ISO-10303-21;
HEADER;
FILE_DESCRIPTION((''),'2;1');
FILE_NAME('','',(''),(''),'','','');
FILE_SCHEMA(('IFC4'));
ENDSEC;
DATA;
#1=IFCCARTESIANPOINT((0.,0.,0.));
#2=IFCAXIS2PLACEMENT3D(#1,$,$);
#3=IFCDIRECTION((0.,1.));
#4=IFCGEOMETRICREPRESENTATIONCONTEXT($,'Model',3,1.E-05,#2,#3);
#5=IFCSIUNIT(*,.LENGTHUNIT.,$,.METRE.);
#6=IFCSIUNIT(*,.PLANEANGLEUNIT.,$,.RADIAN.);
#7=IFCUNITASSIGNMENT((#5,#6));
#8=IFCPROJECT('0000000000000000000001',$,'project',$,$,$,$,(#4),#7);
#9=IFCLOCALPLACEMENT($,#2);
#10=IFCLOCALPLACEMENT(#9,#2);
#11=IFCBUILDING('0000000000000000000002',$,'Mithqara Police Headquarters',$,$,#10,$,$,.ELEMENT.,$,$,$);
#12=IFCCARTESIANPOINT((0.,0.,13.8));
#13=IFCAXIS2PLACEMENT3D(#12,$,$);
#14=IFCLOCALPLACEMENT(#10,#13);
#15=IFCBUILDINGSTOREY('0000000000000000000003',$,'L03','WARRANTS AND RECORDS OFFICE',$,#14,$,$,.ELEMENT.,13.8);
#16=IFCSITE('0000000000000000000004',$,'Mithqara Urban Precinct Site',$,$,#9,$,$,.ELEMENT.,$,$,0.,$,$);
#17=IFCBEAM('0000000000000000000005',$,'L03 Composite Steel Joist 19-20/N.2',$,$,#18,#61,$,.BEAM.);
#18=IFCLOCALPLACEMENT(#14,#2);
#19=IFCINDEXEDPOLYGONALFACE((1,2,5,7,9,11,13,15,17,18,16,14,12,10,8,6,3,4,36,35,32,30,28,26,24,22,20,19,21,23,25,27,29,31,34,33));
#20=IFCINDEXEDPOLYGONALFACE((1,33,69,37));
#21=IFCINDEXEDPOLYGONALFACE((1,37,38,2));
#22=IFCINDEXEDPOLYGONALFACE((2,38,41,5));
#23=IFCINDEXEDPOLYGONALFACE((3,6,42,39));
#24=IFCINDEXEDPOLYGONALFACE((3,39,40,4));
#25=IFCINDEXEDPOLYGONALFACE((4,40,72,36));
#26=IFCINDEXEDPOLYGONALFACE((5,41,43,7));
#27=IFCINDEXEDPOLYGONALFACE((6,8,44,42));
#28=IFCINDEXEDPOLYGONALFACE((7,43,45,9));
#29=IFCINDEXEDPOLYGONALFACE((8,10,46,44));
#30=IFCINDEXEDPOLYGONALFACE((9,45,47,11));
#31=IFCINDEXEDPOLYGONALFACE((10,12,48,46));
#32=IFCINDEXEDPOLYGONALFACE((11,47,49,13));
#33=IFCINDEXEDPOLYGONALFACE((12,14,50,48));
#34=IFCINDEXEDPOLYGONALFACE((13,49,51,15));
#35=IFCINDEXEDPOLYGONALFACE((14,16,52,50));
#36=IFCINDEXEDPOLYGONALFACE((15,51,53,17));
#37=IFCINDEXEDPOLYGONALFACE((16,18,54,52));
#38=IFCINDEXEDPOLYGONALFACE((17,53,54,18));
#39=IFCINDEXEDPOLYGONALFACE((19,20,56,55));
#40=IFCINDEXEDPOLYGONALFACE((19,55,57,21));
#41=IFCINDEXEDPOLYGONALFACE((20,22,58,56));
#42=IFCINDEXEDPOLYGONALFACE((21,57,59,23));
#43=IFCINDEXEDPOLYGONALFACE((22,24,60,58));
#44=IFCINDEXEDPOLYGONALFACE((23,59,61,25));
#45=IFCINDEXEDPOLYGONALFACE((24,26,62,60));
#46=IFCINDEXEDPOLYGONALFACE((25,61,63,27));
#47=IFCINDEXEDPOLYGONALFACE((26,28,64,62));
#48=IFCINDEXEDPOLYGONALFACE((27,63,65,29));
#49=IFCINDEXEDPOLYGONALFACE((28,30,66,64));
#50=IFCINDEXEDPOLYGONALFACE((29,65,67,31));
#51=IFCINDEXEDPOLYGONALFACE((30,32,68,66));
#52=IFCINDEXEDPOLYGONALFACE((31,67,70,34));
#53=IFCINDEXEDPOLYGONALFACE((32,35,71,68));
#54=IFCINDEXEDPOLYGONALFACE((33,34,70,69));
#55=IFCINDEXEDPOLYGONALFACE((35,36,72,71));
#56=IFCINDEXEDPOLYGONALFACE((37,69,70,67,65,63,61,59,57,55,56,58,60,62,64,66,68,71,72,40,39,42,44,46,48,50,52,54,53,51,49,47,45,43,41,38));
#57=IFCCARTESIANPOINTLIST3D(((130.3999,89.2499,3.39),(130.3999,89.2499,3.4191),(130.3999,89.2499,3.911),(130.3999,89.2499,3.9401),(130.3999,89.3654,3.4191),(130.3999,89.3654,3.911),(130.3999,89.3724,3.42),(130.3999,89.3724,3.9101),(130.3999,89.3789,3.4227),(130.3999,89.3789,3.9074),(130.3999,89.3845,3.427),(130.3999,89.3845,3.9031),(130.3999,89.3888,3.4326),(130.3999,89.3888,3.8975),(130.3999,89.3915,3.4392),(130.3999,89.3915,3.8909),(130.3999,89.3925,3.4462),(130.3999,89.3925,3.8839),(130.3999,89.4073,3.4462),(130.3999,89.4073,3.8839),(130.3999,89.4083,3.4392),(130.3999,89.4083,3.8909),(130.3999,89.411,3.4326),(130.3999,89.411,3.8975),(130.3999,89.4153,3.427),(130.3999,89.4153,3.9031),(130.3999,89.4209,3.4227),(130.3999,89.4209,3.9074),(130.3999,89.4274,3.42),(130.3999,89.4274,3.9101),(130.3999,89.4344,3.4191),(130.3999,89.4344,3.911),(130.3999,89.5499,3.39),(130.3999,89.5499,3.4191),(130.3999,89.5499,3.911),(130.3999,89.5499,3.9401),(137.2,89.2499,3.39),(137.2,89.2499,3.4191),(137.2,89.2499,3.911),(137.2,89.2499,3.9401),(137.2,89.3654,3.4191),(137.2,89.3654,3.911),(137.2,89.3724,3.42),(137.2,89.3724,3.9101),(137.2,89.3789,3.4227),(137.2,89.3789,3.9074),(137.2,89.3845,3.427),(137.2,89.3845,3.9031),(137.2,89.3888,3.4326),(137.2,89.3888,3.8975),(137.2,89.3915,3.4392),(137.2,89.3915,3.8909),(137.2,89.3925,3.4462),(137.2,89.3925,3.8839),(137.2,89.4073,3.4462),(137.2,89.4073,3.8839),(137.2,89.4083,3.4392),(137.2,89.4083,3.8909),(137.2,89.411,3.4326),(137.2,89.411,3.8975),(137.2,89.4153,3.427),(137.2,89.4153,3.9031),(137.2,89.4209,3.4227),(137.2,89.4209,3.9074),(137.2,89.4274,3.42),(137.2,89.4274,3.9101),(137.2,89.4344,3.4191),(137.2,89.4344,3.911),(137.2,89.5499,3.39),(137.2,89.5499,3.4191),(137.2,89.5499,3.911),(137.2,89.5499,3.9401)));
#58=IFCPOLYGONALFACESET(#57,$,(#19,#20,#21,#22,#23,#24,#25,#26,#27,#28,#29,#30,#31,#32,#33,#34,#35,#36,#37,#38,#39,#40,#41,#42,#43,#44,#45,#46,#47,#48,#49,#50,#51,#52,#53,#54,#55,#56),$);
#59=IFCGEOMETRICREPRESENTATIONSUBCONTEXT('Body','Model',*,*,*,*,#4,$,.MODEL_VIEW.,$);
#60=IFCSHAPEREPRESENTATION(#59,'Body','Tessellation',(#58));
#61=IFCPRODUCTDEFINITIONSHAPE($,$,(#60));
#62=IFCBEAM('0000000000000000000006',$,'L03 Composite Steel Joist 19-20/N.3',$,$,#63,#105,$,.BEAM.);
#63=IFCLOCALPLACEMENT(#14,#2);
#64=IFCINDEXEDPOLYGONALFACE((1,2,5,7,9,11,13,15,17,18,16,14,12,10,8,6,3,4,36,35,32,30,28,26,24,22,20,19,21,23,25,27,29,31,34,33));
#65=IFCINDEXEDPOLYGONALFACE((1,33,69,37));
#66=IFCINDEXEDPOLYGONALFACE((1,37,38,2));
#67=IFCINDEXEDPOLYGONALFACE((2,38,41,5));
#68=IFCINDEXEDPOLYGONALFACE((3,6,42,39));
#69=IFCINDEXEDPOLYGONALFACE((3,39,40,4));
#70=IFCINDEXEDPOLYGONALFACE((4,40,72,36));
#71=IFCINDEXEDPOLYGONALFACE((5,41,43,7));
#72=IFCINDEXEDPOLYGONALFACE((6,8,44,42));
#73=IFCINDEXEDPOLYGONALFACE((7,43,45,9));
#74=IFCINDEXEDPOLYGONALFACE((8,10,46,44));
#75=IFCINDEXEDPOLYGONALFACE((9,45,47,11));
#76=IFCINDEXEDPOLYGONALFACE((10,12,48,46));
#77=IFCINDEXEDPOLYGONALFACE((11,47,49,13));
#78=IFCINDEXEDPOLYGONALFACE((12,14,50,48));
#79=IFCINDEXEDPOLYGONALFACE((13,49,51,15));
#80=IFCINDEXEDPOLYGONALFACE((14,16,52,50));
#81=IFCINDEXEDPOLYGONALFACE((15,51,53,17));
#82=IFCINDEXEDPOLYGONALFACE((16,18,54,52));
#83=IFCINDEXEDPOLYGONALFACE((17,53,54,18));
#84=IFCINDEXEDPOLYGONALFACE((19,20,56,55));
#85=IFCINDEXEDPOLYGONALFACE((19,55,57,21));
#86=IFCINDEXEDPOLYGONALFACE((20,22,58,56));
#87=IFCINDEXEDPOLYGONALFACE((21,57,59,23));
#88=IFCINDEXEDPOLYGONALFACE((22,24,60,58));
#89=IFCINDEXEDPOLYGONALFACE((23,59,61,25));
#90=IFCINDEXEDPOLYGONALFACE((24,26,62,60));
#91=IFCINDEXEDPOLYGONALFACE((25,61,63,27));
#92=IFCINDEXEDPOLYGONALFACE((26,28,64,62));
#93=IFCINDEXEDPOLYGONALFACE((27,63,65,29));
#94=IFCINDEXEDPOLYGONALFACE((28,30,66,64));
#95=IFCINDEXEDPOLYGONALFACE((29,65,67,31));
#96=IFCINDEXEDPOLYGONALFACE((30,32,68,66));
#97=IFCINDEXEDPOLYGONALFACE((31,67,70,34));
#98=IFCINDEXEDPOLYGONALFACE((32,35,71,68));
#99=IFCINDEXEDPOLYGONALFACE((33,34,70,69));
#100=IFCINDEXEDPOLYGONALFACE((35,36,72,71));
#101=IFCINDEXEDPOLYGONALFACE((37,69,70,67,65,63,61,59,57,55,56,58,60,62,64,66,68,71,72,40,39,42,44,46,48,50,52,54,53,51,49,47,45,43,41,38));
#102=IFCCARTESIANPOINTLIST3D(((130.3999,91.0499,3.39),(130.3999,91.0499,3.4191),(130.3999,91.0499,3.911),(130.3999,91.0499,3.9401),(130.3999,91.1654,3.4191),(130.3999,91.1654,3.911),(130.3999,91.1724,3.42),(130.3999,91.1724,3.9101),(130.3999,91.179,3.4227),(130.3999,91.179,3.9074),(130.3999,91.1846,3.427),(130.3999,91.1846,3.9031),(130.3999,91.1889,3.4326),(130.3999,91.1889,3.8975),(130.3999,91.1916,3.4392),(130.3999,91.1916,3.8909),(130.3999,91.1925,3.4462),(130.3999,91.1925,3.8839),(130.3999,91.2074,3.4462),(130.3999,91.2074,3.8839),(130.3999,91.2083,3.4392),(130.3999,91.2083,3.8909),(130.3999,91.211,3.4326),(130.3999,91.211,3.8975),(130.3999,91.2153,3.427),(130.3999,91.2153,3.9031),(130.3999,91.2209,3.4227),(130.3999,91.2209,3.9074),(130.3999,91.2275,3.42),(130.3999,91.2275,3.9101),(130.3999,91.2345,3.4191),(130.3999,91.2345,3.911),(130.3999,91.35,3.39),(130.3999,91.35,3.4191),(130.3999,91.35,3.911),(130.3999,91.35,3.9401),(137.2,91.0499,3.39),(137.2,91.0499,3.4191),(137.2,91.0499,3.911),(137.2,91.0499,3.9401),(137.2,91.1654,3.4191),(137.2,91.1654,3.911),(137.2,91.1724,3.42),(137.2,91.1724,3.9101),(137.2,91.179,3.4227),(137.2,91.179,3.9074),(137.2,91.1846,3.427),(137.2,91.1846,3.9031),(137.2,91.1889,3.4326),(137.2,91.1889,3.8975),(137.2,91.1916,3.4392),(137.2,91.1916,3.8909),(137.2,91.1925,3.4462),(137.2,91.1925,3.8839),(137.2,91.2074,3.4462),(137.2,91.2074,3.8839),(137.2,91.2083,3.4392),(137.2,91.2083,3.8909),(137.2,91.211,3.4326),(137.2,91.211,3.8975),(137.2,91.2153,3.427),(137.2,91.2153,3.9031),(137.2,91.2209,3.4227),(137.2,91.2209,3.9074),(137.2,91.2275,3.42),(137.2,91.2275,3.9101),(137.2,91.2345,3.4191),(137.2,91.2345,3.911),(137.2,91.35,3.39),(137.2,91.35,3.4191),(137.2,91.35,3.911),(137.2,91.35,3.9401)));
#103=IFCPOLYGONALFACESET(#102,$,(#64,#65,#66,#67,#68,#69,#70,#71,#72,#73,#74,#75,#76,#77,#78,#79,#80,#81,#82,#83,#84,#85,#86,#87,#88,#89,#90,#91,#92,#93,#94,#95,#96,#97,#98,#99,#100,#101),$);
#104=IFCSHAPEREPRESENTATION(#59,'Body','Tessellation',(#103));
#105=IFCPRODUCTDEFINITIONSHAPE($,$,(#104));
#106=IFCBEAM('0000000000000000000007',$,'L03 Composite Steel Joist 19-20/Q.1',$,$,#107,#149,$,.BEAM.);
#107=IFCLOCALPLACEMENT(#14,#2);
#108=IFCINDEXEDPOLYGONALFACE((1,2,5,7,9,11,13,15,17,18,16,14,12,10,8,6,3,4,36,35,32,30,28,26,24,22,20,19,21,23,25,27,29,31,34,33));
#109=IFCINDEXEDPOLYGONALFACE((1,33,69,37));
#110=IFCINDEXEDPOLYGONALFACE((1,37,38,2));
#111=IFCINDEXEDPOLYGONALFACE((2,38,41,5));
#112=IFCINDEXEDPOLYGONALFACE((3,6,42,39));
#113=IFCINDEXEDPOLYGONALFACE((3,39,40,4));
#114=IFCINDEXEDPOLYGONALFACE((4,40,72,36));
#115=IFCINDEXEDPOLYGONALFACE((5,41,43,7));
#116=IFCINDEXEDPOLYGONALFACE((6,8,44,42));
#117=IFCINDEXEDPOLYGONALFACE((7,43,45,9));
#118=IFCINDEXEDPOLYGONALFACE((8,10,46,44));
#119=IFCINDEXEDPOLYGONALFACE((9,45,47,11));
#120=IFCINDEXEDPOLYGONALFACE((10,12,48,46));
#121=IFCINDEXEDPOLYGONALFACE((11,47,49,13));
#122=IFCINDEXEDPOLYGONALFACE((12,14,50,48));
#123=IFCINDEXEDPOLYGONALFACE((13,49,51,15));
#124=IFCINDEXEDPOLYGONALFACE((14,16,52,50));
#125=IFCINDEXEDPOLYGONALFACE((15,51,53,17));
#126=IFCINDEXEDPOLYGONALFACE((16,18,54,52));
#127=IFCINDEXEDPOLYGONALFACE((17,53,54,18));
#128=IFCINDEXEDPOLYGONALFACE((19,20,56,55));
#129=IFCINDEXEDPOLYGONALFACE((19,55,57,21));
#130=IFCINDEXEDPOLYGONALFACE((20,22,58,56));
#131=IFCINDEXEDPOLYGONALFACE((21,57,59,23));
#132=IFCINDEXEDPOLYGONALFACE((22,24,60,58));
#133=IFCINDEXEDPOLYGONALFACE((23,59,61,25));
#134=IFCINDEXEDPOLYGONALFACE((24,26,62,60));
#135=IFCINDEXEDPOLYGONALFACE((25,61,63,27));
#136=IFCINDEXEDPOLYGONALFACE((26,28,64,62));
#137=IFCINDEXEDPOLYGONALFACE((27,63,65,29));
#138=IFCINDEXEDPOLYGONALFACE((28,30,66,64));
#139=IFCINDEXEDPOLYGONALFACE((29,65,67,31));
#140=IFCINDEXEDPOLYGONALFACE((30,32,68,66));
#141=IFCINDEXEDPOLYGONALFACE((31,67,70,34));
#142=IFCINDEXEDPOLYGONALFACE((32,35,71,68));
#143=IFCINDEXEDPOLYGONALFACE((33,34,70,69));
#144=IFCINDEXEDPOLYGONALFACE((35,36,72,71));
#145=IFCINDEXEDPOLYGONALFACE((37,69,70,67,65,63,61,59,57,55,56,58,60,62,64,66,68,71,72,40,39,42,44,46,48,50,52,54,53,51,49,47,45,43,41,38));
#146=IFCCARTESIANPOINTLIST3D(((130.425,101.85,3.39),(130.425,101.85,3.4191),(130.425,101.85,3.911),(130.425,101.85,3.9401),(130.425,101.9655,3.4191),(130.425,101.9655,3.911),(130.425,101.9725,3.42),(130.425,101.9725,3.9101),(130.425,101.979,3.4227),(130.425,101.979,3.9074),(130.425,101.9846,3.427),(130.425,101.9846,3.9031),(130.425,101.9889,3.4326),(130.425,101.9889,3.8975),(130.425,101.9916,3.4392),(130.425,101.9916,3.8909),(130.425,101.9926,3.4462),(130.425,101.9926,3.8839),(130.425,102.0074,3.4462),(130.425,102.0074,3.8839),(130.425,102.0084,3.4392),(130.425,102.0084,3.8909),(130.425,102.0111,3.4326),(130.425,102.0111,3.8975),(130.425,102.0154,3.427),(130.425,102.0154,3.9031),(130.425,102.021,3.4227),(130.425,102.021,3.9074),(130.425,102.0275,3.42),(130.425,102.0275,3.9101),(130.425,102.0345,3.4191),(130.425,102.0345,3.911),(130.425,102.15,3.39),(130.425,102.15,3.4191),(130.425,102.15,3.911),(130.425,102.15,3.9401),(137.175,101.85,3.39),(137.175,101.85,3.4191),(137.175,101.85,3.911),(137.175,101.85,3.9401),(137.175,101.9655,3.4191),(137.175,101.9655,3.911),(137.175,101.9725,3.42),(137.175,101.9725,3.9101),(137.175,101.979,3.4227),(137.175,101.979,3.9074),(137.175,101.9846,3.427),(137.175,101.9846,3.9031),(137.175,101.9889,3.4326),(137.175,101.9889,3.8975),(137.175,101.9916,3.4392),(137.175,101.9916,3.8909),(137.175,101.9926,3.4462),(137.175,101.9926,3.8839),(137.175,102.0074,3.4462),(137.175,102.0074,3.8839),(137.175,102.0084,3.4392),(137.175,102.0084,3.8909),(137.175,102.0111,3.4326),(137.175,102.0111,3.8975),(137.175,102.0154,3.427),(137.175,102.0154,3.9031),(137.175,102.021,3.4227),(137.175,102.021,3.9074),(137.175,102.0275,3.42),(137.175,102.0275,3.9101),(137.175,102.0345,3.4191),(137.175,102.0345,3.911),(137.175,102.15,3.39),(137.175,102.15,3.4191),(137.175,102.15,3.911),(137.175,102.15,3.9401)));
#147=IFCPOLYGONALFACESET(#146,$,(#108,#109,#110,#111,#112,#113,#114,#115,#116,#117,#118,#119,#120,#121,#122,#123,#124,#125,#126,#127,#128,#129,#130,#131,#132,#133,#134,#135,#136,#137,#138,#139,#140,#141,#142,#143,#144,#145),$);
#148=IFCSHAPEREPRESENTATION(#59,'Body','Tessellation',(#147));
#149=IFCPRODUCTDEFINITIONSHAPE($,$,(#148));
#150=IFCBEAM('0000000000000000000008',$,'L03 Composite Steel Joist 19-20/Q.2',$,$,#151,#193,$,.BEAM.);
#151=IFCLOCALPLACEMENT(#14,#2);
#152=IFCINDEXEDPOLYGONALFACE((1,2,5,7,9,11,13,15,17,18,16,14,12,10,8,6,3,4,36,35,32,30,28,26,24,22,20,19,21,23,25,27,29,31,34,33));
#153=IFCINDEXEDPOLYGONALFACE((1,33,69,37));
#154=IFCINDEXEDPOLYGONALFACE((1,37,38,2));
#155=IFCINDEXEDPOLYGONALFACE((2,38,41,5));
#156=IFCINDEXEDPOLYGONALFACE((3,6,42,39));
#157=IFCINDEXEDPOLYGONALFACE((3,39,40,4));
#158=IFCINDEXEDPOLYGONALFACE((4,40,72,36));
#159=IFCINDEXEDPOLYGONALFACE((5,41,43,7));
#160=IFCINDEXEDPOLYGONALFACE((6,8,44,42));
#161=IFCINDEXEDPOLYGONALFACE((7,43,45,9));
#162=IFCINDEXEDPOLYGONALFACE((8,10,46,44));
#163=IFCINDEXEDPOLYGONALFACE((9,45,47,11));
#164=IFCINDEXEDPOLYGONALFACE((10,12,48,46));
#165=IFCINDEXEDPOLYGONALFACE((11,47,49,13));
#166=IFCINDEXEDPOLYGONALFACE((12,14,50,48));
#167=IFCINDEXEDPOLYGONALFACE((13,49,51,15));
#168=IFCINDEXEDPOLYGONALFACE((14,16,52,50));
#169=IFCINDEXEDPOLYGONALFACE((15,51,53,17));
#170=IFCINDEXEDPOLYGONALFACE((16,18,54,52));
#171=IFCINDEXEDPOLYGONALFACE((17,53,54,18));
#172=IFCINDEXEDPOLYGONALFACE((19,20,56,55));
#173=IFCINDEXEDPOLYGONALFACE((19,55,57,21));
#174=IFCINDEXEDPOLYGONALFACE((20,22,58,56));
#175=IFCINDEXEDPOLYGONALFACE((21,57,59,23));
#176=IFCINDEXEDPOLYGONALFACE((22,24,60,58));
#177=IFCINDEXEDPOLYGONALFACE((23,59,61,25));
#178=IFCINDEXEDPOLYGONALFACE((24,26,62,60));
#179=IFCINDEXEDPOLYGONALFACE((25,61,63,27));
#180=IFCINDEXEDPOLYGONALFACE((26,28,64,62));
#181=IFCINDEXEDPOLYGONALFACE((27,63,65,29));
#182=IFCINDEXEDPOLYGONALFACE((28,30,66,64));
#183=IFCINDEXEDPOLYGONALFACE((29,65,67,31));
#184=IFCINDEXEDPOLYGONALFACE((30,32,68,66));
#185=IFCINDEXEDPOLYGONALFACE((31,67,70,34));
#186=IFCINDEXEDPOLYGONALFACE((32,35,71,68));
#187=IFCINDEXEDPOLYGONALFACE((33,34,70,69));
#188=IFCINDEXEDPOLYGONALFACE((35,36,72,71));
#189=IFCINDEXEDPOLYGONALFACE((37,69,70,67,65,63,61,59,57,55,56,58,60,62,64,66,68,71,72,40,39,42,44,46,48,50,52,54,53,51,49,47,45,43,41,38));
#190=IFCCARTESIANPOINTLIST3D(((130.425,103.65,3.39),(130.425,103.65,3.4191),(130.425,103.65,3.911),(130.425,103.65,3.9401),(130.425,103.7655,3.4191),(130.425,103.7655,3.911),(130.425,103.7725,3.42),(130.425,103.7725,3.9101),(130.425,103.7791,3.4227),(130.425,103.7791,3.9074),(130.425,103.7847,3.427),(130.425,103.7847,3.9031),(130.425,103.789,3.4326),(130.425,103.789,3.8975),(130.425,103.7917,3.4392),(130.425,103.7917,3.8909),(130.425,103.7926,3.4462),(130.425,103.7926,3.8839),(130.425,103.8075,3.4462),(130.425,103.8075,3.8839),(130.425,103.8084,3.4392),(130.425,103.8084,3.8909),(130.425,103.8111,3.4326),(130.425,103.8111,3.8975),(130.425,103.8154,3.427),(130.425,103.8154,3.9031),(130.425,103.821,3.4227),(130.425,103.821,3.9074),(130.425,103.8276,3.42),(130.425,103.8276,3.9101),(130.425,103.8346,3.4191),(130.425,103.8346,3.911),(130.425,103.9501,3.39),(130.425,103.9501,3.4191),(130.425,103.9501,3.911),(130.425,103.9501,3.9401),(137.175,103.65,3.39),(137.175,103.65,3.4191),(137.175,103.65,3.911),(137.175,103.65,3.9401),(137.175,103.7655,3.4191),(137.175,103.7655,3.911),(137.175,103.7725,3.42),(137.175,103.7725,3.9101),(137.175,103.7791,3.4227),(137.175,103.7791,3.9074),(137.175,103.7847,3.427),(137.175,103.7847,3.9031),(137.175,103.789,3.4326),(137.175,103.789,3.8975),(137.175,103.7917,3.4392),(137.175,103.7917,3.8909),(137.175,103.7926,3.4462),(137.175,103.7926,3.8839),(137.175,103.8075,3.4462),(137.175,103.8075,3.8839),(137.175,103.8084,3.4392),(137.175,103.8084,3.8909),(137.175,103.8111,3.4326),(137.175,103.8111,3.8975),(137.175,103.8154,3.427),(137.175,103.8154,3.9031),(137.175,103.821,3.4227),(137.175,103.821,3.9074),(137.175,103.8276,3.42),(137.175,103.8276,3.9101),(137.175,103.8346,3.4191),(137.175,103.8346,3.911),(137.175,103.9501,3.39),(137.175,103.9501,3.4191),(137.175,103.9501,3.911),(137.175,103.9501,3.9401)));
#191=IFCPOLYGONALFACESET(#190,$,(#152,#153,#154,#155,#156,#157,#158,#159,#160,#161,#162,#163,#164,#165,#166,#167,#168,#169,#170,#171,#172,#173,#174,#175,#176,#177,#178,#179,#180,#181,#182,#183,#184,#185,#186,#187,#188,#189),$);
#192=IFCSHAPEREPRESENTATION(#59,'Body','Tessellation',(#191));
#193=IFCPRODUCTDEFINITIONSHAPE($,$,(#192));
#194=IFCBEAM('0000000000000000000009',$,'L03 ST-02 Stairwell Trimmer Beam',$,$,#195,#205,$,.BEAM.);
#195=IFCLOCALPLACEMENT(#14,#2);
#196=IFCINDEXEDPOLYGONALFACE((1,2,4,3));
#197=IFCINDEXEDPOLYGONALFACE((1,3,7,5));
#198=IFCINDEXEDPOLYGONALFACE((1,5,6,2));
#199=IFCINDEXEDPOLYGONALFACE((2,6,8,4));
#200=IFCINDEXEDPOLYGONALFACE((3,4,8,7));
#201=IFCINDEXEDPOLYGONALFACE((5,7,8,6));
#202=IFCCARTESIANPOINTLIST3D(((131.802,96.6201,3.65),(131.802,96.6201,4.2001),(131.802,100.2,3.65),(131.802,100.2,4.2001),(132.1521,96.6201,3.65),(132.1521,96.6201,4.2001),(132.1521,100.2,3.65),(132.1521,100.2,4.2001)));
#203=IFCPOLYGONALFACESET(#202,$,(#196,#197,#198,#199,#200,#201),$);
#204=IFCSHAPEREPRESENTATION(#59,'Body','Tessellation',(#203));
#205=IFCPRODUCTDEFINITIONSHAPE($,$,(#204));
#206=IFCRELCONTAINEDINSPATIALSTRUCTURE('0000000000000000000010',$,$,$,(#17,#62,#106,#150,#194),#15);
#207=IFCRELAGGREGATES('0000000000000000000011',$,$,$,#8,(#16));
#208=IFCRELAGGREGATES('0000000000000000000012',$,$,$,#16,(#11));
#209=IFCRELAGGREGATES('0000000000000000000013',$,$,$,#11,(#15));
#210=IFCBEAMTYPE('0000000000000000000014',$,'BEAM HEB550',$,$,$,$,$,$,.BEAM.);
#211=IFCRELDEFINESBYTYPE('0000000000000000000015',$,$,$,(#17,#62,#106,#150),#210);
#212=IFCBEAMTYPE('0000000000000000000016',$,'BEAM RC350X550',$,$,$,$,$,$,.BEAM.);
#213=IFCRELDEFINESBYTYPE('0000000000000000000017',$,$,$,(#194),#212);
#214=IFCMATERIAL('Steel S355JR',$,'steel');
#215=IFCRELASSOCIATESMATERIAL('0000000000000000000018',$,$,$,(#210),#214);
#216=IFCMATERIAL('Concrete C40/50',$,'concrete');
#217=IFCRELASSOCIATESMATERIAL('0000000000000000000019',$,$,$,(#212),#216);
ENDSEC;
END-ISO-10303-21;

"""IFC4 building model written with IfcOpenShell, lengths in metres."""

from ifc_helpers import new_model, si_unit, direction, frame, origin, origin_2d, place, context, subcontext, project, spatial, rectangle, i_section, extrude, material, material_profile, profile_set, type_object, element, save


model = new_model("IFC4")

# Units and contexts
model_context = context("Model", 3, precision=1e-05, world=origin(), true_north=direction((0.0, 1.0)))
body_context = subcontext(model_context, "Body", "Model", "MODEL_VIEW")
ifc_project = project(units=[si_unit("LENGTHUNIT", "METRE"), si_unit("PLANEANGLEUNIT", "RADIAN")], contexts=[model_context])

# Site, building, storey
site_placement = place(None, origin())
site = spatial("IfcSite", under=ifc_project, at=site_placement, Name="Mithqara Urban Precinct Site", CompositionType="ELEMENT", RefElevation=0.0)
building_placement = place(site_placement, origin())
building = spatial("IfcBuilding", under=site, at=building_placement, Name="Mithqara Police Headquarters", CompositionType="ELEMENT")
storey_placement = place(building_placement, frame((0.0, 0.0, 13.8)))
storey = spatial("IfcBuildingStorey", under=building, at=storey_placement, Name="L03", Description="WARRANTS AND RECORDS OFFICE", CompositionType="ELEMENT", Elevation=13.8)

# Beams
ifc_material_1 = material(Name="Steel S355JR", Category="steel")
ifc_material_profile_1 = material_profile(ifc_material_1, i_section(OverallWidth=0.3, OverallDepth=0.55, WebThickness=0.0149, FlangeThickness=0.0291, FilletRadius=0.0271, at=origin_2d()), Name="HEB 550")
ifc_profile_set_1 = profile_set([ifc_material_profile_1], Name="Steel S355JR")
beam_type_1 = type_object("IfcBeamType", Name="BEAM HEB550", PredefinedType="BEAM", material=ifc_profile_set_1)
for number, where, z_axis, x_axis, name in (
    (1, (130.3999, 89.3999, 3.665), (1.0, 0.0, 0.0), (0.0, 1.0, 0.0), "L03 Composite Steel Joist 19-20/N.2"),
    (2, (130.3999, 91.2, 3.665), (1.0, 0.0, 0.0), (0.0, 1.0, 0.0), "L03 Composite Steel Joist 19-20/N.3"),
):
    element("IfcBeam", number, at=place(storey_placement, frame(where, z_axis=z_axis, x_axis=x_axis)), inside=storey, type_object=beam_type_1, Name=name, PredefinedType="BEAM", context=body_context, shape_type="SweptSolid", body=[
        extrude(i_section(OverallWidth=0.3, OverallDepth=0.55, WebThickness=0.0149, FlangeThickness=0.0291, FilletRadius=0.0271, at=origin_2d()), origin(), (0.0, 0.0, 1.0), 6.8),
    ])
for number, where, z_axis, x_axis, name in (
    (3, (130.425, 102.0, 3.665), (1.0, 0.0, 0.0), (0.0, 1.0, 0.0), "L03 Composite Steel Joist 19-20/Q.1"),
    (4, (130.425, 103.8, 3.665), (1.0, 0.0, 0.0), (0.0, 1.0, 0.0), "L03 Composite Steel Joist 19-20/Q.2"),
):
    element("IfcBeam", number, at=place(storey_placement, frame(where, z_axis=z_axis, x_axis=x_axis)), inside=storey, type_object=beam_type_1, Name=name, PredefinedType="BEAM", context=body_context, shape_type="SweptSolid", body=[
        extrude(i_section(OverallWidth=0.3, OverallDepth=0.55, WebThickness=0.0149, FlangeThickness=0.0291, FilletRadius=0.0271, at=origin_2d()), origin(), (0.0, 0.0, 1.0), 6.75),
    ])
ifc_material_2 = material(Name="Concrete C40/50", Category="concrete")
ifc_material_profile_2 = material_profile(ifc_material_2, rectangle(XDim=0.3501, YDim=0.55, at=origin_2d()), Name="RC 350x550")
ifc_profile_set_2 = profile_set([ifc_material_profile_2], Name="Concrete C40/50")
beam_type_2 = type_object("IfcBeamType", Name="BEAM RC350X550", PredefinedType="BEAM", material=ifc_profile_set_2)
beam_1_placement = place(storey_placement, frame((131.9771, 96.6201, 3.925), z_axis=(0.0, 1.0, 0.0), x_axis=(-1.0, 0.0, 0.0)))
element("IfcBeam", 5, at=beam_1_placement, inside=storey, type_object=beam_type_2, Name="L03 ST-02 Stairwell Trimmer Beam", PredefinedType="BEAM", context=body_context, shape_type="SweptSolid", body=[
    extrude(rectangle(XDim=0.3501, YDim=0.55, at=origin_2d()), origin(), (0.0, 0.0, 1.0), 3.5798),
])

save(model, "model.ifc")
